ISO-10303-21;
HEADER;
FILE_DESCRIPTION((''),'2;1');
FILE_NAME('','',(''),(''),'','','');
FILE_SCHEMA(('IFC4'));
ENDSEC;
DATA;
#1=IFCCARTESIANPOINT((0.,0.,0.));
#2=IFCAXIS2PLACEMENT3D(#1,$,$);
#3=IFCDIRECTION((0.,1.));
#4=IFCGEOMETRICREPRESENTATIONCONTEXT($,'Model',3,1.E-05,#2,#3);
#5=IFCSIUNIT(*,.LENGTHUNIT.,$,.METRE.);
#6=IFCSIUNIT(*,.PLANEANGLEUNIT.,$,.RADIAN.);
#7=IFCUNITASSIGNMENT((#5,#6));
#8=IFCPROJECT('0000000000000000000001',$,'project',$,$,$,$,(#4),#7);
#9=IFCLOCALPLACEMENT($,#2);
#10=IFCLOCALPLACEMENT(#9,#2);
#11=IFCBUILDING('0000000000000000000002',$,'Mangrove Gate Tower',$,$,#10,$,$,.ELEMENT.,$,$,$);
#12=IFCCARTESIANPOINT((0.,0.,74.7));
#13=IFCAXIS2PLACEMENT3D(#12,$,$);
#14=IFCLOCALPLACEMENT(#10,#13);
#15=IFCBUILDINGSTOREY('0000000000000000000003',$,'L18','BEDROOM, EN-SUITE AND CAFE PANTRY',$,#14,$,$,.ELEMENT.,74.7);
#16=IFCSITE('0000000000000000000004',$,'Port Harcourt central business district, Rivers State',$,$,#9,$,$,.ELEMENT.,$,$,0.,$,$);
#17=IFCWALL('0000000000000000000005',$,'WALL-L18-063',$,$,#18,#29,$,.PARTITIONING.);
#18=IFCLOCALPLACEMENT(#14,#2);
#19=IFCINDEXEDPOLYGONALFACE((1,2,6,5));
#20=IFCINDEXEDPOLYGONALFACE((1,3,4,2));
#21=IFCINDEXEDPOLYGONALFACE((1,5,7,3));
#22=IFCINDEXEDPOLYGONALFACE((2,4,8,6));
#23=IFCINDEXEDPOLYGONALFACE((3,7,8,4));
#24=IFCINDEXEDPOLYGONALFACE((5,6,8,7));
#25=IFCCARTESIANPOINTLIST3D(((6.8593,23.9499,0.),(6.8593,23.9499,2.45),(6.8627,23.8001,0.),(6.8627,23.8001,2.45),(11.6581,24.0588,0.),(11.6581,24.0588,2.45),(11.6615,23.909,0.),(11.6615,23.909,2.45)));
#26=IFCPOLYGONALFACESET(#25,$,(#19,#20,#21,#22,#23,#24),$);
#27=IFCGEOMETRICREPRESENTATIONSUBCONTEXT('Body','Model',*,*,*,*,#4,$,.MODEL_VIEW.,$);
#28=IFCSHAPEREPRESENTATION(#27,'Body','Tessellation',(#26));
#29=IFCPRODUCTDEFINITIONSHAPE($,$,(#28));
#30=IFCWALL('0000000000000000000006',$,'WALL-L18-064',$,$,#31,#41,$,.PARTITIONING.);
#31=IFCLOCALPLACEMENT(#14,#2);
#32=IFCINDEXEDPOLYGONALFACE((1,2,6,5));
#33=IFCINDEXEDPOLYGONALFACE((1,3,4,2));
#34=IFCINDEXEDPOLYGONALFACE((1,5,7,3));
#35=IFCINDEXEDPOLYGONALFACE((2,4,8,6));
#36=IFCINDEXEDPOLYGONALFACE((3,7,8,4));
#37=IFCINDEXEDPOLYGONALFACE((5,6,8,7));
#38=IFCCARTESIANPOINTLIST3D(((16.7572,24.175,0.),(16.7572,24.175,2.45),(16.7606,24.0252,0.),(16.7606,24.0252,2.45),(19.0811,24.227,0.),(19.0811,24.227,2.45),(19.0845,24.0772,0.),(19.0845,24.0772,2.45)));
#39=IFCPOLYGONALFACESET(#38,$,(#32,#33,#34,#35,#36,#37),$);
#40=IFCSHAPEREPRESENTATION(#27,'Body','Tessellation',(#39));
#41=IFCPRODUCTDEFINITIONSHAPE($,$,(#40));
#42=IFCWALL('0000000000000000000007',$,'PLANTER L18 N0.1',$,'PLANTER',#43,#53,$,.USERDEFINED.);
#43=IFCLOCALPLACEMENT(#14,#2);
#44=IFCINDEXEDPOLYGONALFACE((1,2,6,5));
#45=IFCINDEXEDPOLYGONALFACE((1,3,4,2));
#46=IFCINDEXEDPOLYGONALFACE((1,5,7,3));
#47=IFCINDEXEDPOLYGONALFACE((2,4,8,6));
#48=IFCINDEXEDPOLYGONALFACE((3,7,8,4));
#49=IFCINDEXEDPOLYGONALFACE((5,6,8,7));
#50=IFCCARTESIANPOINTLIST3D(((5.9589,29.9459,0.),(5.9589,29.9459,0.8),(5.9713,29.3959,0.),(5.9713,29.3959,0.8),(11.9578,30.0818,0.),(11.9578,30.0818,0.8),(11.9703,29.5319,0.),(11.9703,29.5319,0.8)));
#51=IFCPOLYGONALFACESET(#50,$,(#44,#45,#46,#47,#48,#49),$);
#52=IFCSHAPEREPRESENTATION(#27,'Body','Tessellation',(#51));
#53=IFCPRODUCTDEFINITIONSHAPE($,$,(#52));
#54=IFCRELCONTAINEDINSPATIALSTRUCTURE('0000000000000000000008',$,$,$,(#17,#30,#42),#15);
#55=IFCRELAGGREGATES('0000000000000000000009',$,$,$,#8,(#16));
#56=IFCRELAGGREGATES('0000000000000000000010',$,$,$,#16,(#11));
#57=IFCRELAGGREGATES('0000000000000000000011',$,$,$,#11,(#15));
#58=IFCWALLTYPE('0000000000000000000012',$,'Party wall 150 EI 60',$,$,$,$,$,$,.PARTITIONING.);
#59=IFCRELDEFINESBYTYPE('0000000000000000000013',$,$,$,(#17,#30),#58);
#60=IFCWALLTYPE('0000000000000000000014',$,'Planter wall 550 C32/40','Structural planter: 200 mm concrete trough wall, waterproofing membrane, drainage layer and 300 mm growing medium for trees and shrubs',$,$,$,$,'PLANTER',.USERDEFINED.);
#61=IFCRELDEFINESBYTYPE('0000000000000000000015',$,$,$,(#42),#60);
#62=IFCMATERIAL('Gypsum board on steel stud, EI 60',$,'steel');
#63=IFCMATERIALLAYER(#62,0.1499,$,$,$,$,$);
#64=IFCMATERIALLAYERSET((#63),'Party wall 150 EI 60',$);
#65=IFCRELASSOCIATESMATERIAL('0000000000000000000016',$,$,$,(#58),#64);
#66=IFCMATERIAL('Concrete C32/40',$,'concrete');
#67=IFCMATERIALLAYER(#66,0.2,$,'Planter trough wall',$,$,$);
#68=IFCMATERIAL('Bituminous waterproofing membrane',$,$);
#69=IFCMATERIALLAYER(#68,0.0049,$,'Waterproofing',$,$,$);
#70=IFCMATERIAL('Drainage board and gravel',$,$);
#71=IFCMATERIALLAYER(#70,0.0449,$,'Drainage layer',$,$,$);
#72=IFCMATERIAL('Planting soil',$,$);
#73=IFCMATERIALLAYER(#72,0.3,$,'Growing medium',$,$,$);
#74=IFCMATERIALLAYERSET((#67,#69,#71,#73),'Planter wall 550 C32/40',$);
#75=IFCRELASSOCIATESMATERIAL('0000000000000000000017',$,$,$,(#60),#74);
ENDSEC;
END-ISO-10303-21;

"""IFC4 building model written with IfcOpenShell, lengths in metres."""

from ifc_helpers import new_model, si_unit, direction, frame, frame_2d, origin, place, context, subcontext, project, spatial, rectangle, extrude, material, layer, layer_set, type_object, element, save


model = new_model("IFC4")

# Units and contexts
model_context = context("Model", 3, precision=1e-05, world=origin(), true_north=direction((0.0, 1.0)))
body_context = subcontext(model_context, "Body", "Model", "MODEL_VIEW")
ifc_project = project(units=[si_unit("LENGTHUNIT", "METRE"), si_unit("PLANEANGLEUNIT", "RADIAN")], contexts=[model_context])

# Site, building, storey
site_placement = place(None, origin())
site = spatial("IfcSite", under=ifc_project, at=site_placement, Name="Port Harcourt central business district, Rivers State", CompositionType="ELEMENT", RefElevation=0.0)
building_placement = place(site_placement, origin())
building = spatial("IfcBuilding", under=site, at=building_placement, Name="Mangrove Gate Tower", CompositionType="ELEMENT")
storey_placement = place(building_placement, frame((0.0, 0.0, 74.7)))
storey = spatial("IfcBuildingStorey", under=building, at=storey_placement, Name="L18", Description="BEDROOM, EN-SUITE AND CAFE PANTRY", CompositionType="ELEMENT", Elevation=74.7)

# Shared definitions
ifc_material_1 = material(Name="Gypsum board on steel stud, EI 60", Category="steel")
ifc_layer_1 = layer(ifc_material_1, 0.1499)
ifc_layer_set_1 = layer_set([ifc_layer_1], Name="Party wall 150 EI 60")
wall_type_1 = type_object("IfcWallType", Name="Party wall 150 EI 60", PredefinedType="PARTITIONING", material=ifc_layer_set_1)

# Walls
wall_1_placement = place(storey_placement, frame((6.8611, 23.875, 0.0), z_axis=(0.0, 0.0, 1.0), x_axis=(0.999743, 0.022684, 0.0)))
element("IfcWall", 1, at=wall_1_placement, inside=storey, type_object=wall_type_1, Name="WALL-L18-063", PredefinedType="PARTITIONING", context=body_context, shape_type="SweptSolid", body=[
    extrude(rectangle(XDim=4.8, YDim=0.1499, at=frame_2d((2.3999, 0.0))), origin(), (0.0, 0.0, 1.0), 2.45),
])
wall_2_placement = place(storey_placement, frame((16.759, 24.1001, 0.0), z_axis=(0.0, 0.0, 1.0), x_axis=(0.99975, 0.022371, 0.0)))
element("IfcWall", 2, at=wall_2_placement, inside=storey, type_object=wall_type_1, Name="WALL-L18-064", PredefinedType="PARTITIONING", context=body_context, shape_type="SweptSolid", body=[
    extrude(rectangle(XDim=2.3245, YDim=0.1499, at=frame_2d((1.1621, 0.0))), origin(), (0.0, 0.0, 1.0), 2.45),
])
ifc_material_2 = material(Name="Concrete C32/40", Category="concrete")
ifc_layer_2 = layer(ifc_material_2, 0.2, Name="Planter trough wall")
ifc_material_3 = material(Name="Bituminous waterproofing membrane")
ifc_layer_3 = layer(ifc_material_3, 0.0049, Name="Waterproofing")
ifc_material_4 = material(Name="Drainage board and gravel")
ifc_layer_4 = layer(ifc_material_4, 0.0449, Name="Drainage layer")
ifc_material_5 = material(Name="Planting soil")
ifc_layer_5 = layer(ifc_material_5, 0.3, Name="Growing medium")
ifc_layer_set_2 = layer_set([ifc_layer_2, ifc_layer_3, ifc_layer_4, ifc_layer_5], Name="Planter wall 550 C32/40")
wall_type_2 = type_object("IfcWallType", Name="Planter wall 550 C32/40", Description="Structural planter: 200 mm concrete trough wall, waterproofing membrane, drainage layer and 300 mm growing medium for trees and shrubs", ElementType="PLANTER", PredefinedType="USERDEFINED", material=ifc_layer_set_2)
wall_3_placement = place(storey_placement, frame((5.9651, 29.6709, 0.0), z_axis=(0.0, 0.0, 1.0), x_axis=(0.999743, 0.022662, 0.0)))
element("IfcWall", 3, at=wall_3_placement, inside=storey, type_object=wall_type_2, Name="PLANTER L18 N0.1", ObjectType="PLANTER", PredefinedType="USERDEFINED", context=body_context, shape_type="SweptSolid", body=[
    extrude(rectangle(XDim=6.0005, YDim=0.55, at=frame_2d((3.0002, 0.0))), origin(), (0.0, 0.0, 1.0), 0.8),
])

save(model, "model.ifc")
